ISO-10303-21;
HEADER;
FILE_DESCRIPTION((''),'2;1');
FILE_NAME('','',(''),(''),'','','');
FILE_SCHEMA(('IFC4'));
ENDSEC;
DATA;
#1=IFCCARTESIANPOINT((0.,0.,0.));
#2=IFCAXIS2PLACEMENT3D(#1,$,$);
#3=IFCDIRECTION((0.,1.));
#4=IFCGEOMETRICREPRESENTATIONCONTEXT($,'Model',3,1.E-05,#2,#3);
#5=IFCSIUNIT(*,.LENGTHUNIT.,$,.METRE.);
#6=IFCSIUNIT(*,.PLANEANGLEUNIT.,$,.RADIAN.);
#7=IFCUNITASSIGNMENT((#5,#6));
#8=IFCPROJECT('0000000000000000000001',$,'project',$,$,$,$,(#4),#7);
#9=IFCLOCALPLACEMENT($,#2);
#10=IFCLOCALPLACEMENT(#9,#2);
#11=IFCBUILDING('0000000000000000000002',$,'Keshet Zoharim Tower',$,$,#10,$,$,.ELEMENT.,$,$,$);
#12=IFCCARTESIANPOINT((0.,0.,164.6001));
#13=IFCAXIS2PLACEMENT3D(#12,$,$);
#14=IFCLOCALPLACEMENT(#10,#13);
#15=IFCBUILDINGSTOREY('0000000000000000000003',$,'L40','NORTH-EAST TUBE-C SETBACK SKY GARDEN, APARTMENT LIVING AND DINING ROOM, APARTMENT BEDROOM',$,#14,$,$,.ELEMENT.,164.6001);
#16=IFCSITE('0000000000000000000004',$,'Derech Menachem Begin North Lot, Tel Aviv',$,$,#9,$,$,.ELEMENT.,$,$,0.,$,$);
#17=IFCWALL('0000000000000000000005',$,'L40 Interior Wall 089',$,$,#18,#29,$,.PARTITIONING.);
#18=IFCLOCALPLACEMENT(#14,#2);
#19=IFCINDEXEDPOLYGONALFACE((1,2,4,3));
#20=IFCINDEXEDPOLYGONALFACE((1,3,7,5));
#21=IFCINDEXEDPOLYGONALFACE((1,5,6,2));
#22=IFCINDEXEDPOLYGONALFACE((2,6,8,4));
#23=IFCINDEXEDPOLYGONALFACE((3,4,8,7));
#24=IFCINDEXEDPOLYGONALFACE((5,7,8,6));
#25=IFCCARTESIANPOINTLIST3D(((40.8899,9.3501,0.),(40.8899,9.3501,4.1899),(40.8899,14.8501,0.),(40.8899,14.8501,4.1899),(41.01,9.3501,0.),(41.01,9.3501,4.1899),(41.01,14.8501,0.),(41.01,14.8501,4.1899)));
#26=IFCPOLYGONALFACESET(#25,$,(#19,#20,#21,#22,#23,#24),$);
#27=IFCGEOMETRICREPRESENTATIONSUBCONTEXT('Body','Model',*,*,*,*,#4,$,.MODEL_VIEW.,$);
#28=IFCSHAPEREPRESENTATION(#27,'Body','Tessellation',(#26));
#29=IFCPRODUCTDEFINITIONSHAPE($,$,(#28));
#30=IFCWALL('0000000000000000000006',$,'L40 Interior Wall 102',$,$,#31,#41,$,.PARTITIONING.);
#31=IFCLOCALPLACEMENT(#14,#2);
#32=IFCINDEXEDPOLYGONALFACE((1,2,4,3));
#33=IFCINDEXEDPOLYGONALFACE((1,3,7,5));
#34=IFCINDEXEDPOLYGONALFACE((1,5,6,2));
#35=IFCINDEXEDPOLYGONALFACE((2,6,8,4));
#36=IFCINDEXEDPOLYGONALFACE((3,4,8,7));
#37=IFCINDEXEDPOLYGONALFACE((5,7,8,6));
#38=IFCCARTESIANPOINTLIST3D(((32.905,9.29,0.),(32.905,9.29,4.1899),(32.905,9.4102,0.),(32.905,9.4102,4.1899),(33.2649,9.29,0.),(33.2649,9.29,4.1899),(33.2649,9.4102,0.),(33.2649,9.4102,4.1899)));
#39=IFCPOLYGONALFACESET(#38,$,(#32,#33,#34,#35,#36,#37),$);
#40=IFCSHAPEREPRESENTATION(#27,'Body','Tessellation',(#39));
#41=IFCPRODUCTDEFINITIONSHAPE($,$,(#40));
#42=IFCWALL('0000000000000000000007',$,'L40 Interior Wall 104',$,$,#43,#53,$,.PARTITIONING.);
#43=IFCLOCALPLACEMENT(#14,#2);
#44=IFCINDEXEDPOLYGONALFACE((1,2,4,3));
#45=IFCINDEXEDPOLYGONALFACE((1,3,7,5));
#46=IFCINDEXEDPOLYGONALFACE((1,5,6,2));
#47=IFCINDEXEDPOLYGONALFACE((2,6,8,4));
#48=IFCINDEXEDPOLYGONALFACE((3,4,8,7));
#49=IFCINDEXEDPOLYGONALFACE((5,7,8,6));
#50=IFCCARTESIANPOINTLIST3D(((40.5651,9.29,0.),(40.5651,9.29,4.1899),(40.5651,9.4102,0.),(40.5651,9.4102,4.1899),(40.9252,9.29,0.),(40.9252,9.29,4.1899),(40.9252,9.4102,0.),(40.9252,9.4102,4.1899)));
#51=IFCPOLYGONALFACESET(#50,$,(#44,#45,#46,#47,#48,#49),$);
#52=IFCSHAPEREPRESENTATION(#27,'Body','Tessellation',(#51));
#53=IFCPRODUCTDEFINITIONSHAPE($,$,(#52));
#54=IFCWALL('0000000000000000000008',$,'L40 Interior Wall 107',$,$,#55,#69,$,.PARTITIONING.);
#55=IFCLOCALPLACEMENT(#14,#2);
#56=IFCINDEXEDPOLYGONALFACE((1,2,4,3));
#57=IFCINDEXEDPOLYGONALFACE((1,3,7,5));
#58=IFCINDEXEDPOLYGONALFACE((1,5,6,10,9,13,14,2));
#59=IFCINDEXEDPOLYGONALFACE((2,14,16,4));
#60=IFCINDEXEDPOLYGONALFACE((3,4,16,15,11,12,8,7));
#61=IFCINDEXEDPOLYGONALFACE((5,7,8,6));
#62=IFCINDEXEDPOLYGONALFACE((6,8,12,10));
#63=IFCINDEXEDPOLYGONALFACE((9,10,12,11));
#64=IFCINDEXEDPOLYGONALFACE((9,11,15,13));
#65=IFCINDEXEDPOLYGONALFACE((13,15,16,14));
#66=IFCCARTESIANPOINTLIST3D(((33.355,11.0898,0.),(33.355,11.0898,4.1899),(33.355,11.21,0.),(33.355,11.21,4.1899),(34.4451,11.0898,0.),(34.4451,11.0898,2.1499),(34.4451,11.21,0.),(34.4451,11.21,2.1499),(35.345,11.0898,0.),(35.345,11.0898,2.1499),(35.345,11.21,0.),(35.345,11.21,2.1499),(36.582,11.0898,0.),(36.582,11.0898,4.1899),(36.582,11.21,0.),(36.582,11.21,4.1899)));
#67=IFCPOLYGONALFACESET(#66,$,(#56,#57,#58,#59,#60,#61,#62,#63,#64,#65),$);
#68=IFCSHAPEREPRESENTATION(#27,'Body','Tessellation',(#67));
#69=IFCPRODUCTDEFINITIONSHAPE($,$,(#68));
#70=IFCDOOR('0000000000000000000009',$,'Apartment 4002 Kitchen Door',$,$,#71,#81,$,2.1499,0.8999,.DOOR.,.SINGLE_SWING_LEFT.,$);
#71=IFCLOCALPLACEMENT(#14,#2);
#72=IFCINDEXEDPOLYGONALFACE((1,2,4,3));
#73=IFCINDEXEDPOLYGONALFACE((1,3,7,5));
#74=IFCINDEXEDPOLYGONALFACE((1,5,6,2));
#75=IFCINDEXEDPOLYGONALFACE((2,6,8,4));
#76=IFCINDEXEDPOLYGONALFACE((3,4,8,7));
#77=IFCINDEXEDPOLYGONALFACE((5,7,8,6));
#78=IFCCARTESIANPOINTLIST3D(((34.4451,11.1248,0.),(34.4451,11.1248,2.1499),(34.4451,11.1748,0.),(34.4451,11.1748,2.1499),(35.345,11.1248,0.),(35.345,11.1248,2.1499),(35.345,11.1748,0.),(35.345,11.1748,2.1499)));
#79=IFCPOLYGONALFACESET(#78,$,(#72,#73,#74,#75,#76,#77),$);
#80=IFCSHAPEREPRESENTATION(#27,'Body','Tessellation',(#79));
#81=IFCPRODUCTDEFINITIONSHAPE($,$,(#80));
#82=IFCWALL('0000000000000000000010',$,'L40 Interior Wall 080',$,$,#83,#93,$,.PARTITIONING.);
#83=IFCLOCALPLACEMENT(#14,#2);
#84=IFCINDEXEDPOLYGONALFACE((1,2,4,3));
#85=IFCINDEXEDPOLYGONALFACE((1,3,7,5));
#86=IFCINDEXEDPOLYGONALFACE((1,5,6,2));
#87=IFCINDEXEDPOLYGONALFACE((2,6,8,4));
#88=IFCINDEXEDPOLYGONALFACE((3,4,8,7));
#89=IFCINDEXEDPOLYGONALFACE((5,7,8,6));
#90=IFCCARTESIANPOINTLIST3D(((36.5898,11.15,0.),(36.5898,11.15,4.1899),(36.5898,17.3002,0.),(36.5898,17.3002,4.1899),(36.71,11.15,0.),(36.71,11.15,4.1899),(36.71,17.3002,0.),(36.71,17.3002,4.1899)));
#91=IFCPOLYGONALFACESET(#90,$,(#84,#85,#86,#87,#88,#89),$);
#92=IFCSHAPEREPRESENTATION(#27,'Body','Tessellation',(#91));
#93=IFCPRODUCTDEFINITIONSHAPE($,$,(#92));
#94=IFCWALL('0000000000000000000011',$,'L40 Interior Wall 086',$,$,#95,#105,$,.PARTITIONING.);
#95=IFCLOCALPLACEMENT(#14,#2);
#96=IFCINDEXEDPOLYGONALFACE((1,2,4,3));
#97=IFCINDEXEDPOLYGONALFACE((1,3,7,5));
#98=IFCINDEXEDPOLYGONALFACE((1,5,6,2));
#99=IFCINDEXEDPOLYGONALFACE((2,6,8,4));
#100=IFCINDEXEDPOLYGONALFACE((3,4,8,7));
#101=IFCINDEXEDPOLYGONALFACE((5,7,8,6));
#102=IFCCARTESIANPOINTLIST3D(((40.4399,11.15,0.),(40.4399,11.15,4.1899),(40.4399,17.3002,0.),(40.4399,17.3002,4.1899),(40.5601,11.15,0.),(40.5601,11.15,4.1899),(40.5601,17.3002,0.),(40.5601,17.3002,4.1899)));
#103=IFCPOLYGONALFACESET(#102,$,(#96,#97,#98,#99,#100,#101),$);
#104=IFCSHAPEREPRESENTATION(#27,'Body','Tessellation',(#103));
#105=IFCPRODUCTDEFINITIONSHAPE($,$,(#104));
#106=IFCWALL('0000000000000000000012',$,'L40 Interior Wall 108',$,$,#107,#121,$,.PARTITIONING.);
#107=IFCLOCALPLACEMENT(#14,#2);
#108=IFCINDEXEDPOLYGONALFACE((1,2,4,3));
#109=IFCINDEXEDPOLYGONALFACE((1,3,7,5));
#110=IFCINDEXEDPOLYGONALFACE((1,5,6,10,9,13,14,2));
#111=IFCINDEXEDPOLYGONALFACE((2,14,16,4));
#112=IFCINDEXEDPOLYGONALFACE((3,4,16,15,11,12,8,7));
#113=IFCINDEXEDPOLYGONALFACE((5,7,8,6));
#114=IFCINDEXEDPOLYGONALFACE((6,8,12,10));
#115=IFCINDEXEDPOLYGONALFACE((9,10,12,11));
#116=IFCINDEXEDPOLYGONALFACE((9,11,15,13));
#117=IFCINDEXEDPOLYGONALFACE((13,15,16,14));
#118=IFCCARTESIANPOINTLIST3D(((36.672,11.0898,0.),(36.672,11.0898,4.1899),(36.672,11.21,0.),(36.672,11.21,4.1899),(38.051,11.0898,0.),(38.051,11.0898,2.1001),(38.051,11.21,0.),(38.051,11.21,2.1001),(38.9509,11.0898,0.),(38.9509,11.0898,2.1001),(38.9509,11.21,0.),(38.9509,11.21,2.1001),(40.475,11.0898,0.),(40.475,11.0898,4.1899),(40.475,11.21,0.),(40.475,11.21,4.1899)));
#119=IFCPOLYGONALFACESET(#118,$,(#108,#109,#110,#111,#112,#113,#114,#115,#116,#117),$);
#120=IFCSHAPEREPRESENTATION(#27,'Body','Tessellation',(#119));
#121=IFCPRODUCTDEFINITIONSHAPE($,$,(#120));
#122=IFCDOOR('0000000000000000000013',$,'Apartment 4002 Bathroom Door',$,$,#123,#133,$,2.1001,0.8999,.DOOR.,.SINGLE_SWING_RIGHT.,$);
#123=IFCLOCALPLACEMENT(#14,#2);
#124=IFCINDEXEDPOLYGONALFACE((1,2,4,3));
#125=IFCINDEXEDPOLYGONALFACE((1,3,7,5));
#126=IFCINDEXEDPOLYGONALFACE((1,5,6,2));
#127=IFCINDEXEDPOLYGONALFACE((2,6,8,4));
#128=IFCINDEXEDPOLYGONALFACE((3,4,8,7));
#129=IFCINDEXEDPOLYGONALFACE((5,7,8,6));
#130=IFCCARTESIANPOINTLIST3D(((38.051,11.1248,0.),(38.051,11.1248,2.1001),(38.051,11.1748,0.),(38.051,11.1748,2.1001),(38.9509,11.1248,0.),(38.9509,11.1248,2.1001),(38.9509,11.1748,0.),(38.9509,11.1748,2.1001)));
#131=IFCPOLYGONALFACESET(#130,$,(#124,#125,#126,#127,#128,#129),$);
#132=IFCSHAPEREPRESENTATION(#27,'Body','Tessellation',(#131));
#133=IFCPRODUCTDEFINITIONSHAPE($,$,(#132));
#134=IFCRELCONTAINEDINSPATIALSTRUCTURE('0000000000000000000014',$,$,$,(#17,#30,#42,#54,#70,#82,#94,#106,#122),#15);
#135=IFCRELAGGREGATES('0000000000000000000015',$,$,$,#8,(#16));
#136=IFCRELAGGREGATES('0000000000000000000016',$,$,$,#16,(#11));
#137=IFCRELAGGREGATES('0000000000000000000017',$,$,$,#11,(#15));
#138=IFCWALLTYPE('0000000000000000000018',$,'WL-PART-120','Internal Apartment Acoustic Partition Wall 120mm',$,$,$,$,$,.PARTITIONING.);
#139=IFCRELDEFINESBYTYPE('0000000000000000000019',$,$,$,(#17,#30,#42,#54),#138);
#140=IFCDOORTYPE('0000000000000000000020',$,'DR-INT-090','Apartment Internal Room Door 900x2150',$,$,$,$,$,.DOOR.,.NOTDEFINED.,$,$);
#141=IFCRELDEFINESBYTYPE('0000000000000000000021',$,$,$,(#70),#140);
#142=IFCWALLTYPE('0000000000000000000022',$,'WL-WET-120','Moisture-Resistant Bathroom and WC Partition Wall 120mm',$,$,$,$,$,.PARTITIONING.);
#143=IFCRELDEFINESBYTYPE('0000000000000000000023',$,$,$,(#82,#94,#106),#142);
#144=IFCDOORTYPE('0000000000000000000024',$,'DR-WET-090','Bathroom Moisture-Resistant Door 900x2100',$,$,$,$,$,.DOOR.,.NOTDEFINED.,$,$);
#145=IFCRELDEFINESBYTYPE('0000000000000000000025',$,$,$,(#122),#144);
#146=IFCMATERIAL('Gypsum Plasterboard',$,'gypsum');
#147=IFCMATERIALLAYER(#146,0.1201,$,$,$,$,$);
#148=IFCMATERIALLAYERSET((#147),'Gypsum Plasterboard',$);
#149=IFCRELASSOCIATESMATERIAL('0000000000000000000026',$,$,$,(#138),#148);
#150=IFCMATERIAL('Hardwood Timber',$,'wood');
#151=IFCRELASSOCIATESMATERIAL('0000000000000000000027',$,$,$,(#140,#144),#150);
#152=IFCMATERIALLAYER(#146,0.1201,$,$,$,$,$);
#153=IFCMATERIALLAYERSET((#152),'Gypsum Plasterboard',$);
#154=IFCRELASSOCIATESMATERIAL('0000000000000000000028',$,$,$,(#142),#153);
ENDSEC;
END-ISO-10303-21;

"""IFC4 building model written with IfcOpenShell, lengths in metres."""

from ifc_helpers import new_model, si_unit, direction, frame, frame_2d, origin, place, context, subcontext, project, spatial, rectangle, extrude, material, layer, layer_set, type_object, element, fill, save


model = new_model("IFC4")

# Units and contexts
model_context = context("Model", 3, precision=1e-05, world=origin(), true_north=direction((0.0, 1.0)))
body_context = subcontext(model_context, "Body", "Model", "MODEL_VIEW")
ifc_project = project(units=[si_unit("LENGTHUNIT", "METRE"), si_unit("PLANEANGLEUNIT", "RADIAN")], contexts=[model_context])

# Site, building, storey
site_placement = place(None, origin())
site = spatial("IfcSite", under=ifc_project, at=site_placement, Name="Derech Menachem Begin North Lot, Tel Aviv", CompositionType="ELEMENT", RefElevation=0.0)
building_placement = place(site_placement, origin())
building = spatial("IfcBuilding", under=site, at=building_placement, Name="Keshet Zoharim Tower", CompositionType="ELEMENT")
storey_placement = place(building_placement, frame((0.0, 0.0, 164.6001)))
storey = spatial("IfcBuildingStorey", under=building, at=storey_placement, Name="L40", Description="NORTH-EAST TUBE-C SETBACK SKY GARDEN, APARTMENT LIVING AND DINING ROOM, APARTMENT BEDROOM", CompositionType="ELEMENT", Elevation=164.6001)

# Walls
ifc_material_1 = material(Name="Gypsum Plasterboard", Category="gypsum")
ifc_layer_1 = layer(ifc_material_1, 0.1201)
ifc_layer_set_1 = layer_set([ifc_layer_1], Name="Gypsum Plasterboard")
wall_type_1 = type_object("IfcWallType", Name="WL-PART-120", Description="Internal Apartment Acoustic Partition Wall 120mm", PredefinedType="PARTITIONING", material=ifc_layer_set_1)
wall_1_placement = place(storey_placement, frame((40.95, 9.3501, 0.0), z_axis=(0.0, 0.0, 1.0), x_axis=(0.0, 1.0, 0.0)))
element("IfcWall", 1, at=wall_1_placement, inside=storey, type_object=wall_type_1, Name="L40 Interior Wall 089", PredefinedType="PARTITIONING", context=body_context, shape_type="SweptSolid", body=[
    extrude(rectangle(XDim=5.5, YDim=0.1201, at=frame_2d((2.75, 0.0))), origin(), (0.0, 0.0, 1.0), 4.1899),
])
wall_2_placement = place(storey_placement, frame((32.905, 9.3501, 0.0), z_axis=(0.0, 0.0, 1.0), x_axis=(1.0, 0.0, 0.0)))
element("IfcWall", 2, at=wall_2_placement, inside=storey, type_object=wall_type_1, Name="L40 Interior Wall 102", PredefinedType="PARTITIONING", context=body_context, shape_type="SweptSolid", body=[
    extrude(rectangle(XDim=0.3599, YDim=0.1201, at=frame_2d((0.1799, 0.0))), origin(), (0.0, 0.0, 1.0), 4.1899),
])

# Shared definitions
ifc_material_2 = material(Name="Hardwood Timber", Category="wood")
door_type_1 = type_object("IfcDoorType", Name="DR-INT-090", Description="Apartment Internal Room Door 900x2150", OperationType="NOTDEFINED", PredefinedType="DOOR", material=ifc_material_2)

# Wall
wall_3_placement = place(storey_placement, frame((40.5649, 9.3501, 0.0), z_axis=(0.0, 0.0, 1.0), x_axis=(1.0, 0.0, 0.0)))
element("IfcWall", 3, at=wall_3_placement, inside=storey, type_object=wall_type_1, Name="L40 Interior Wall 104", PredefinedType="PARTITIONING", context=body_context, shape_type="SweptSolid", body=[
    extrude(rectangle(XDim=0.3601, YDim=0.1201, at=frame_2d((0.1802, 0.0))), origin(), (0.0, 0.0, 1.0), 4.1899),
])

# Wall, opening, door
wall_4_placement = place(storey_placement, frame((33.355, 11.1499, 0.0), z_axis=(0.0, 0.0, 1.0), x_axis=(1.0, 0.0, 0.0)))
wall_4 = element("IfcWall", 4, at=wall_4_placement, inside=storey, type_object=wall_type_1, Name="L40 Interior Wall 107", PredefinedType="PARTITIONING", context=body_context, shape_type="SweptSolid", body=[
    extrude(rectangle(XDim=3.2271, YDim=0.1201, at=frame_2d((1.6135, 0.0))), origin(), (0.0, 0.0, 1.0), 4.1899),
])
opening_1_placement = place(wall_4_placement, frame((1.0901, 0.0, 0.0)))
opening_1 = element("IfcOpeningElement", 5, at=opening_1_placement, cuts=wall_4, PredefinedType="OPENING", context=body_context, shape_type="SweptSolid", body=[
    extrude(rectangle(XDim=0.8999, YDim=2.1499, at=frame_2d((0.45, 1.075))), frame((0.0, 0.0701, 0.0), z_axis=(0.0, -1.0, 0.0), x_axis=(1.0, 0.0, 0.0)), (0.0, 0.0, 1.0), 0.1401),
])
door_1_placement = place(opening_1_placement, origin())
door_1 = element("IfcDoor", 6, at=door_1_placement, inside=storey, type_object=door_type_1, Name="Apartment 4002 Kitchen Door", OperationType="SINGLE_SWING_LEFT", OverallHeight=2.1499, OverallWidth=0.8999, PredefinedType="DOOR", context=body_context, shape_type="SweptSolid", body=[
    extrude(rectangle(XDim=0.8999, YDim=2.1499, at=frame_2d((0.45, 1.075))), frame((0.0, 0.0249, 0.0), z_axis=(0.0, -1.0, 0.0), x_axis=(1.0, 0.0, 0.0)), (0.0, 0.0, 1.0), 0.05),
])
fill(opening_1, door_1)

# Walls
ifc_layer_2 = layer(ifc_material_1, 0.1201)
ifc_layer_set_2 = layer_set([ifc_layer_2], Name="Gypsum Plasterboard")
wall_type_2 = type_object("IfcWallType", Name="WL-WET-120", Description="Moisture-Resistant Bathroom and WC Partition Wall 120mm", PredefinedType="PARTITIONING", material=ifc_layer_set_2)
for number, where, z_axis, x_axis, name in (
    (7, (36.6499, 11.1499, 0.0), (0.0, 0.0, 1.0), (0.0, 1.0, 0.0), "L40 Interior Wall 080"),
    (8, (40.5, 11.1499, 0.0), (0.0, 0.0, 1.0), (0.0, 1.0, 0.0), "L40 Interior Wall 086"),
):
    element("IfcWall", number, at=place(storey_placement, frame(where, z_axis=z_axis, x_axis=x_axis)), inside=storey, type_object=wall_type_2, Name=name, PredefinedType="PARTITIONING", context=body_context, shape_type="SweptSolid", body=[
        extrude(rectangle(XDim=6.1501, YDim=0.1201, at=frame_2d((3.0752, 0.0))), origin(), (0.0, 0.0, 1.0), 4.1899),
    ])

# Wall, opening, door
wall_5_placement = place(storey_placement, frame((36.6721, 11.1499, 0.0), z_axis=(0.0, 0.0, 1.0), x_axis=(1.0, 0.0, 0.0)))
wall_5 = element("IfcWall", 9, at=wall_5_placement, inside=storey, type_object=wall_type_2, Name="L40 Interior Wall 108", PredefinedType="PARTITIONING", context=body_context, shape_type="SweptSolid", body=[
    extrude(rectangle(XDim=3.803, YDim=0.1201, at=frame_2d((1.9014, 0.0))), origin(), (0.0, 0.0, 1.0), 4.1899),
])
opening_2_placement = place(wall_5_placement, frame((1.3789, 0.0, 0.0)))
opening_2 = element("IfcOpeningElement", 10, at=opening_2_placement, cuts=wall_5, PredefinedType="OPENING", context=body_context, shape_type="SweptSolid", body=[
    extrude(rectangle(XDim=0.8999, YDim=2.1001, at=frame_2d((0.45, 1.05))), frame((0.0, 0.0701, 0.0), z_axis=(0.0, -1.0, 0.0), x_axis=(1.0, 0.0, 0.0)), (0.0, 0.0, 1.0), 0.1401),
])
door_type_2 = type_object("IfcDoorType", Name="DR-WET-090", Description="Bathroom Moisture-Resistant Door 900x2100", OperationType="NOTDEFINED", PredefinedType="DOOR", material=ifc_material_2)
door_2_placement = place(opening_2_placement, origin())
door_2 = element("IfcDoor", 11, at=door_2_placement, inside=storey, type_object=door_type_2, Name="Apartment 4002 Bathroom Door", OperationType="SINGLE_SWING_RIGHT", OverallHeight=2.1001, OverallWidth=0.8999, PredefinedType="DOOR", context=body_context, shape_type="SweptSolid", body=[
    extrude(rectangle(XDim=0.8999, YDim=2.1001, at=frame_2d((0.45, 1.05))), frame((0.0, 0.0249, 0.0), z_axis=(0.0, -1.0, 0.0), x_axis=(1.0, 0.0, 0.0)), (0.0, 0.0, 1.0), 0.05),
])
fill(opening_2, door_2)

save(model, "model.ifc")
